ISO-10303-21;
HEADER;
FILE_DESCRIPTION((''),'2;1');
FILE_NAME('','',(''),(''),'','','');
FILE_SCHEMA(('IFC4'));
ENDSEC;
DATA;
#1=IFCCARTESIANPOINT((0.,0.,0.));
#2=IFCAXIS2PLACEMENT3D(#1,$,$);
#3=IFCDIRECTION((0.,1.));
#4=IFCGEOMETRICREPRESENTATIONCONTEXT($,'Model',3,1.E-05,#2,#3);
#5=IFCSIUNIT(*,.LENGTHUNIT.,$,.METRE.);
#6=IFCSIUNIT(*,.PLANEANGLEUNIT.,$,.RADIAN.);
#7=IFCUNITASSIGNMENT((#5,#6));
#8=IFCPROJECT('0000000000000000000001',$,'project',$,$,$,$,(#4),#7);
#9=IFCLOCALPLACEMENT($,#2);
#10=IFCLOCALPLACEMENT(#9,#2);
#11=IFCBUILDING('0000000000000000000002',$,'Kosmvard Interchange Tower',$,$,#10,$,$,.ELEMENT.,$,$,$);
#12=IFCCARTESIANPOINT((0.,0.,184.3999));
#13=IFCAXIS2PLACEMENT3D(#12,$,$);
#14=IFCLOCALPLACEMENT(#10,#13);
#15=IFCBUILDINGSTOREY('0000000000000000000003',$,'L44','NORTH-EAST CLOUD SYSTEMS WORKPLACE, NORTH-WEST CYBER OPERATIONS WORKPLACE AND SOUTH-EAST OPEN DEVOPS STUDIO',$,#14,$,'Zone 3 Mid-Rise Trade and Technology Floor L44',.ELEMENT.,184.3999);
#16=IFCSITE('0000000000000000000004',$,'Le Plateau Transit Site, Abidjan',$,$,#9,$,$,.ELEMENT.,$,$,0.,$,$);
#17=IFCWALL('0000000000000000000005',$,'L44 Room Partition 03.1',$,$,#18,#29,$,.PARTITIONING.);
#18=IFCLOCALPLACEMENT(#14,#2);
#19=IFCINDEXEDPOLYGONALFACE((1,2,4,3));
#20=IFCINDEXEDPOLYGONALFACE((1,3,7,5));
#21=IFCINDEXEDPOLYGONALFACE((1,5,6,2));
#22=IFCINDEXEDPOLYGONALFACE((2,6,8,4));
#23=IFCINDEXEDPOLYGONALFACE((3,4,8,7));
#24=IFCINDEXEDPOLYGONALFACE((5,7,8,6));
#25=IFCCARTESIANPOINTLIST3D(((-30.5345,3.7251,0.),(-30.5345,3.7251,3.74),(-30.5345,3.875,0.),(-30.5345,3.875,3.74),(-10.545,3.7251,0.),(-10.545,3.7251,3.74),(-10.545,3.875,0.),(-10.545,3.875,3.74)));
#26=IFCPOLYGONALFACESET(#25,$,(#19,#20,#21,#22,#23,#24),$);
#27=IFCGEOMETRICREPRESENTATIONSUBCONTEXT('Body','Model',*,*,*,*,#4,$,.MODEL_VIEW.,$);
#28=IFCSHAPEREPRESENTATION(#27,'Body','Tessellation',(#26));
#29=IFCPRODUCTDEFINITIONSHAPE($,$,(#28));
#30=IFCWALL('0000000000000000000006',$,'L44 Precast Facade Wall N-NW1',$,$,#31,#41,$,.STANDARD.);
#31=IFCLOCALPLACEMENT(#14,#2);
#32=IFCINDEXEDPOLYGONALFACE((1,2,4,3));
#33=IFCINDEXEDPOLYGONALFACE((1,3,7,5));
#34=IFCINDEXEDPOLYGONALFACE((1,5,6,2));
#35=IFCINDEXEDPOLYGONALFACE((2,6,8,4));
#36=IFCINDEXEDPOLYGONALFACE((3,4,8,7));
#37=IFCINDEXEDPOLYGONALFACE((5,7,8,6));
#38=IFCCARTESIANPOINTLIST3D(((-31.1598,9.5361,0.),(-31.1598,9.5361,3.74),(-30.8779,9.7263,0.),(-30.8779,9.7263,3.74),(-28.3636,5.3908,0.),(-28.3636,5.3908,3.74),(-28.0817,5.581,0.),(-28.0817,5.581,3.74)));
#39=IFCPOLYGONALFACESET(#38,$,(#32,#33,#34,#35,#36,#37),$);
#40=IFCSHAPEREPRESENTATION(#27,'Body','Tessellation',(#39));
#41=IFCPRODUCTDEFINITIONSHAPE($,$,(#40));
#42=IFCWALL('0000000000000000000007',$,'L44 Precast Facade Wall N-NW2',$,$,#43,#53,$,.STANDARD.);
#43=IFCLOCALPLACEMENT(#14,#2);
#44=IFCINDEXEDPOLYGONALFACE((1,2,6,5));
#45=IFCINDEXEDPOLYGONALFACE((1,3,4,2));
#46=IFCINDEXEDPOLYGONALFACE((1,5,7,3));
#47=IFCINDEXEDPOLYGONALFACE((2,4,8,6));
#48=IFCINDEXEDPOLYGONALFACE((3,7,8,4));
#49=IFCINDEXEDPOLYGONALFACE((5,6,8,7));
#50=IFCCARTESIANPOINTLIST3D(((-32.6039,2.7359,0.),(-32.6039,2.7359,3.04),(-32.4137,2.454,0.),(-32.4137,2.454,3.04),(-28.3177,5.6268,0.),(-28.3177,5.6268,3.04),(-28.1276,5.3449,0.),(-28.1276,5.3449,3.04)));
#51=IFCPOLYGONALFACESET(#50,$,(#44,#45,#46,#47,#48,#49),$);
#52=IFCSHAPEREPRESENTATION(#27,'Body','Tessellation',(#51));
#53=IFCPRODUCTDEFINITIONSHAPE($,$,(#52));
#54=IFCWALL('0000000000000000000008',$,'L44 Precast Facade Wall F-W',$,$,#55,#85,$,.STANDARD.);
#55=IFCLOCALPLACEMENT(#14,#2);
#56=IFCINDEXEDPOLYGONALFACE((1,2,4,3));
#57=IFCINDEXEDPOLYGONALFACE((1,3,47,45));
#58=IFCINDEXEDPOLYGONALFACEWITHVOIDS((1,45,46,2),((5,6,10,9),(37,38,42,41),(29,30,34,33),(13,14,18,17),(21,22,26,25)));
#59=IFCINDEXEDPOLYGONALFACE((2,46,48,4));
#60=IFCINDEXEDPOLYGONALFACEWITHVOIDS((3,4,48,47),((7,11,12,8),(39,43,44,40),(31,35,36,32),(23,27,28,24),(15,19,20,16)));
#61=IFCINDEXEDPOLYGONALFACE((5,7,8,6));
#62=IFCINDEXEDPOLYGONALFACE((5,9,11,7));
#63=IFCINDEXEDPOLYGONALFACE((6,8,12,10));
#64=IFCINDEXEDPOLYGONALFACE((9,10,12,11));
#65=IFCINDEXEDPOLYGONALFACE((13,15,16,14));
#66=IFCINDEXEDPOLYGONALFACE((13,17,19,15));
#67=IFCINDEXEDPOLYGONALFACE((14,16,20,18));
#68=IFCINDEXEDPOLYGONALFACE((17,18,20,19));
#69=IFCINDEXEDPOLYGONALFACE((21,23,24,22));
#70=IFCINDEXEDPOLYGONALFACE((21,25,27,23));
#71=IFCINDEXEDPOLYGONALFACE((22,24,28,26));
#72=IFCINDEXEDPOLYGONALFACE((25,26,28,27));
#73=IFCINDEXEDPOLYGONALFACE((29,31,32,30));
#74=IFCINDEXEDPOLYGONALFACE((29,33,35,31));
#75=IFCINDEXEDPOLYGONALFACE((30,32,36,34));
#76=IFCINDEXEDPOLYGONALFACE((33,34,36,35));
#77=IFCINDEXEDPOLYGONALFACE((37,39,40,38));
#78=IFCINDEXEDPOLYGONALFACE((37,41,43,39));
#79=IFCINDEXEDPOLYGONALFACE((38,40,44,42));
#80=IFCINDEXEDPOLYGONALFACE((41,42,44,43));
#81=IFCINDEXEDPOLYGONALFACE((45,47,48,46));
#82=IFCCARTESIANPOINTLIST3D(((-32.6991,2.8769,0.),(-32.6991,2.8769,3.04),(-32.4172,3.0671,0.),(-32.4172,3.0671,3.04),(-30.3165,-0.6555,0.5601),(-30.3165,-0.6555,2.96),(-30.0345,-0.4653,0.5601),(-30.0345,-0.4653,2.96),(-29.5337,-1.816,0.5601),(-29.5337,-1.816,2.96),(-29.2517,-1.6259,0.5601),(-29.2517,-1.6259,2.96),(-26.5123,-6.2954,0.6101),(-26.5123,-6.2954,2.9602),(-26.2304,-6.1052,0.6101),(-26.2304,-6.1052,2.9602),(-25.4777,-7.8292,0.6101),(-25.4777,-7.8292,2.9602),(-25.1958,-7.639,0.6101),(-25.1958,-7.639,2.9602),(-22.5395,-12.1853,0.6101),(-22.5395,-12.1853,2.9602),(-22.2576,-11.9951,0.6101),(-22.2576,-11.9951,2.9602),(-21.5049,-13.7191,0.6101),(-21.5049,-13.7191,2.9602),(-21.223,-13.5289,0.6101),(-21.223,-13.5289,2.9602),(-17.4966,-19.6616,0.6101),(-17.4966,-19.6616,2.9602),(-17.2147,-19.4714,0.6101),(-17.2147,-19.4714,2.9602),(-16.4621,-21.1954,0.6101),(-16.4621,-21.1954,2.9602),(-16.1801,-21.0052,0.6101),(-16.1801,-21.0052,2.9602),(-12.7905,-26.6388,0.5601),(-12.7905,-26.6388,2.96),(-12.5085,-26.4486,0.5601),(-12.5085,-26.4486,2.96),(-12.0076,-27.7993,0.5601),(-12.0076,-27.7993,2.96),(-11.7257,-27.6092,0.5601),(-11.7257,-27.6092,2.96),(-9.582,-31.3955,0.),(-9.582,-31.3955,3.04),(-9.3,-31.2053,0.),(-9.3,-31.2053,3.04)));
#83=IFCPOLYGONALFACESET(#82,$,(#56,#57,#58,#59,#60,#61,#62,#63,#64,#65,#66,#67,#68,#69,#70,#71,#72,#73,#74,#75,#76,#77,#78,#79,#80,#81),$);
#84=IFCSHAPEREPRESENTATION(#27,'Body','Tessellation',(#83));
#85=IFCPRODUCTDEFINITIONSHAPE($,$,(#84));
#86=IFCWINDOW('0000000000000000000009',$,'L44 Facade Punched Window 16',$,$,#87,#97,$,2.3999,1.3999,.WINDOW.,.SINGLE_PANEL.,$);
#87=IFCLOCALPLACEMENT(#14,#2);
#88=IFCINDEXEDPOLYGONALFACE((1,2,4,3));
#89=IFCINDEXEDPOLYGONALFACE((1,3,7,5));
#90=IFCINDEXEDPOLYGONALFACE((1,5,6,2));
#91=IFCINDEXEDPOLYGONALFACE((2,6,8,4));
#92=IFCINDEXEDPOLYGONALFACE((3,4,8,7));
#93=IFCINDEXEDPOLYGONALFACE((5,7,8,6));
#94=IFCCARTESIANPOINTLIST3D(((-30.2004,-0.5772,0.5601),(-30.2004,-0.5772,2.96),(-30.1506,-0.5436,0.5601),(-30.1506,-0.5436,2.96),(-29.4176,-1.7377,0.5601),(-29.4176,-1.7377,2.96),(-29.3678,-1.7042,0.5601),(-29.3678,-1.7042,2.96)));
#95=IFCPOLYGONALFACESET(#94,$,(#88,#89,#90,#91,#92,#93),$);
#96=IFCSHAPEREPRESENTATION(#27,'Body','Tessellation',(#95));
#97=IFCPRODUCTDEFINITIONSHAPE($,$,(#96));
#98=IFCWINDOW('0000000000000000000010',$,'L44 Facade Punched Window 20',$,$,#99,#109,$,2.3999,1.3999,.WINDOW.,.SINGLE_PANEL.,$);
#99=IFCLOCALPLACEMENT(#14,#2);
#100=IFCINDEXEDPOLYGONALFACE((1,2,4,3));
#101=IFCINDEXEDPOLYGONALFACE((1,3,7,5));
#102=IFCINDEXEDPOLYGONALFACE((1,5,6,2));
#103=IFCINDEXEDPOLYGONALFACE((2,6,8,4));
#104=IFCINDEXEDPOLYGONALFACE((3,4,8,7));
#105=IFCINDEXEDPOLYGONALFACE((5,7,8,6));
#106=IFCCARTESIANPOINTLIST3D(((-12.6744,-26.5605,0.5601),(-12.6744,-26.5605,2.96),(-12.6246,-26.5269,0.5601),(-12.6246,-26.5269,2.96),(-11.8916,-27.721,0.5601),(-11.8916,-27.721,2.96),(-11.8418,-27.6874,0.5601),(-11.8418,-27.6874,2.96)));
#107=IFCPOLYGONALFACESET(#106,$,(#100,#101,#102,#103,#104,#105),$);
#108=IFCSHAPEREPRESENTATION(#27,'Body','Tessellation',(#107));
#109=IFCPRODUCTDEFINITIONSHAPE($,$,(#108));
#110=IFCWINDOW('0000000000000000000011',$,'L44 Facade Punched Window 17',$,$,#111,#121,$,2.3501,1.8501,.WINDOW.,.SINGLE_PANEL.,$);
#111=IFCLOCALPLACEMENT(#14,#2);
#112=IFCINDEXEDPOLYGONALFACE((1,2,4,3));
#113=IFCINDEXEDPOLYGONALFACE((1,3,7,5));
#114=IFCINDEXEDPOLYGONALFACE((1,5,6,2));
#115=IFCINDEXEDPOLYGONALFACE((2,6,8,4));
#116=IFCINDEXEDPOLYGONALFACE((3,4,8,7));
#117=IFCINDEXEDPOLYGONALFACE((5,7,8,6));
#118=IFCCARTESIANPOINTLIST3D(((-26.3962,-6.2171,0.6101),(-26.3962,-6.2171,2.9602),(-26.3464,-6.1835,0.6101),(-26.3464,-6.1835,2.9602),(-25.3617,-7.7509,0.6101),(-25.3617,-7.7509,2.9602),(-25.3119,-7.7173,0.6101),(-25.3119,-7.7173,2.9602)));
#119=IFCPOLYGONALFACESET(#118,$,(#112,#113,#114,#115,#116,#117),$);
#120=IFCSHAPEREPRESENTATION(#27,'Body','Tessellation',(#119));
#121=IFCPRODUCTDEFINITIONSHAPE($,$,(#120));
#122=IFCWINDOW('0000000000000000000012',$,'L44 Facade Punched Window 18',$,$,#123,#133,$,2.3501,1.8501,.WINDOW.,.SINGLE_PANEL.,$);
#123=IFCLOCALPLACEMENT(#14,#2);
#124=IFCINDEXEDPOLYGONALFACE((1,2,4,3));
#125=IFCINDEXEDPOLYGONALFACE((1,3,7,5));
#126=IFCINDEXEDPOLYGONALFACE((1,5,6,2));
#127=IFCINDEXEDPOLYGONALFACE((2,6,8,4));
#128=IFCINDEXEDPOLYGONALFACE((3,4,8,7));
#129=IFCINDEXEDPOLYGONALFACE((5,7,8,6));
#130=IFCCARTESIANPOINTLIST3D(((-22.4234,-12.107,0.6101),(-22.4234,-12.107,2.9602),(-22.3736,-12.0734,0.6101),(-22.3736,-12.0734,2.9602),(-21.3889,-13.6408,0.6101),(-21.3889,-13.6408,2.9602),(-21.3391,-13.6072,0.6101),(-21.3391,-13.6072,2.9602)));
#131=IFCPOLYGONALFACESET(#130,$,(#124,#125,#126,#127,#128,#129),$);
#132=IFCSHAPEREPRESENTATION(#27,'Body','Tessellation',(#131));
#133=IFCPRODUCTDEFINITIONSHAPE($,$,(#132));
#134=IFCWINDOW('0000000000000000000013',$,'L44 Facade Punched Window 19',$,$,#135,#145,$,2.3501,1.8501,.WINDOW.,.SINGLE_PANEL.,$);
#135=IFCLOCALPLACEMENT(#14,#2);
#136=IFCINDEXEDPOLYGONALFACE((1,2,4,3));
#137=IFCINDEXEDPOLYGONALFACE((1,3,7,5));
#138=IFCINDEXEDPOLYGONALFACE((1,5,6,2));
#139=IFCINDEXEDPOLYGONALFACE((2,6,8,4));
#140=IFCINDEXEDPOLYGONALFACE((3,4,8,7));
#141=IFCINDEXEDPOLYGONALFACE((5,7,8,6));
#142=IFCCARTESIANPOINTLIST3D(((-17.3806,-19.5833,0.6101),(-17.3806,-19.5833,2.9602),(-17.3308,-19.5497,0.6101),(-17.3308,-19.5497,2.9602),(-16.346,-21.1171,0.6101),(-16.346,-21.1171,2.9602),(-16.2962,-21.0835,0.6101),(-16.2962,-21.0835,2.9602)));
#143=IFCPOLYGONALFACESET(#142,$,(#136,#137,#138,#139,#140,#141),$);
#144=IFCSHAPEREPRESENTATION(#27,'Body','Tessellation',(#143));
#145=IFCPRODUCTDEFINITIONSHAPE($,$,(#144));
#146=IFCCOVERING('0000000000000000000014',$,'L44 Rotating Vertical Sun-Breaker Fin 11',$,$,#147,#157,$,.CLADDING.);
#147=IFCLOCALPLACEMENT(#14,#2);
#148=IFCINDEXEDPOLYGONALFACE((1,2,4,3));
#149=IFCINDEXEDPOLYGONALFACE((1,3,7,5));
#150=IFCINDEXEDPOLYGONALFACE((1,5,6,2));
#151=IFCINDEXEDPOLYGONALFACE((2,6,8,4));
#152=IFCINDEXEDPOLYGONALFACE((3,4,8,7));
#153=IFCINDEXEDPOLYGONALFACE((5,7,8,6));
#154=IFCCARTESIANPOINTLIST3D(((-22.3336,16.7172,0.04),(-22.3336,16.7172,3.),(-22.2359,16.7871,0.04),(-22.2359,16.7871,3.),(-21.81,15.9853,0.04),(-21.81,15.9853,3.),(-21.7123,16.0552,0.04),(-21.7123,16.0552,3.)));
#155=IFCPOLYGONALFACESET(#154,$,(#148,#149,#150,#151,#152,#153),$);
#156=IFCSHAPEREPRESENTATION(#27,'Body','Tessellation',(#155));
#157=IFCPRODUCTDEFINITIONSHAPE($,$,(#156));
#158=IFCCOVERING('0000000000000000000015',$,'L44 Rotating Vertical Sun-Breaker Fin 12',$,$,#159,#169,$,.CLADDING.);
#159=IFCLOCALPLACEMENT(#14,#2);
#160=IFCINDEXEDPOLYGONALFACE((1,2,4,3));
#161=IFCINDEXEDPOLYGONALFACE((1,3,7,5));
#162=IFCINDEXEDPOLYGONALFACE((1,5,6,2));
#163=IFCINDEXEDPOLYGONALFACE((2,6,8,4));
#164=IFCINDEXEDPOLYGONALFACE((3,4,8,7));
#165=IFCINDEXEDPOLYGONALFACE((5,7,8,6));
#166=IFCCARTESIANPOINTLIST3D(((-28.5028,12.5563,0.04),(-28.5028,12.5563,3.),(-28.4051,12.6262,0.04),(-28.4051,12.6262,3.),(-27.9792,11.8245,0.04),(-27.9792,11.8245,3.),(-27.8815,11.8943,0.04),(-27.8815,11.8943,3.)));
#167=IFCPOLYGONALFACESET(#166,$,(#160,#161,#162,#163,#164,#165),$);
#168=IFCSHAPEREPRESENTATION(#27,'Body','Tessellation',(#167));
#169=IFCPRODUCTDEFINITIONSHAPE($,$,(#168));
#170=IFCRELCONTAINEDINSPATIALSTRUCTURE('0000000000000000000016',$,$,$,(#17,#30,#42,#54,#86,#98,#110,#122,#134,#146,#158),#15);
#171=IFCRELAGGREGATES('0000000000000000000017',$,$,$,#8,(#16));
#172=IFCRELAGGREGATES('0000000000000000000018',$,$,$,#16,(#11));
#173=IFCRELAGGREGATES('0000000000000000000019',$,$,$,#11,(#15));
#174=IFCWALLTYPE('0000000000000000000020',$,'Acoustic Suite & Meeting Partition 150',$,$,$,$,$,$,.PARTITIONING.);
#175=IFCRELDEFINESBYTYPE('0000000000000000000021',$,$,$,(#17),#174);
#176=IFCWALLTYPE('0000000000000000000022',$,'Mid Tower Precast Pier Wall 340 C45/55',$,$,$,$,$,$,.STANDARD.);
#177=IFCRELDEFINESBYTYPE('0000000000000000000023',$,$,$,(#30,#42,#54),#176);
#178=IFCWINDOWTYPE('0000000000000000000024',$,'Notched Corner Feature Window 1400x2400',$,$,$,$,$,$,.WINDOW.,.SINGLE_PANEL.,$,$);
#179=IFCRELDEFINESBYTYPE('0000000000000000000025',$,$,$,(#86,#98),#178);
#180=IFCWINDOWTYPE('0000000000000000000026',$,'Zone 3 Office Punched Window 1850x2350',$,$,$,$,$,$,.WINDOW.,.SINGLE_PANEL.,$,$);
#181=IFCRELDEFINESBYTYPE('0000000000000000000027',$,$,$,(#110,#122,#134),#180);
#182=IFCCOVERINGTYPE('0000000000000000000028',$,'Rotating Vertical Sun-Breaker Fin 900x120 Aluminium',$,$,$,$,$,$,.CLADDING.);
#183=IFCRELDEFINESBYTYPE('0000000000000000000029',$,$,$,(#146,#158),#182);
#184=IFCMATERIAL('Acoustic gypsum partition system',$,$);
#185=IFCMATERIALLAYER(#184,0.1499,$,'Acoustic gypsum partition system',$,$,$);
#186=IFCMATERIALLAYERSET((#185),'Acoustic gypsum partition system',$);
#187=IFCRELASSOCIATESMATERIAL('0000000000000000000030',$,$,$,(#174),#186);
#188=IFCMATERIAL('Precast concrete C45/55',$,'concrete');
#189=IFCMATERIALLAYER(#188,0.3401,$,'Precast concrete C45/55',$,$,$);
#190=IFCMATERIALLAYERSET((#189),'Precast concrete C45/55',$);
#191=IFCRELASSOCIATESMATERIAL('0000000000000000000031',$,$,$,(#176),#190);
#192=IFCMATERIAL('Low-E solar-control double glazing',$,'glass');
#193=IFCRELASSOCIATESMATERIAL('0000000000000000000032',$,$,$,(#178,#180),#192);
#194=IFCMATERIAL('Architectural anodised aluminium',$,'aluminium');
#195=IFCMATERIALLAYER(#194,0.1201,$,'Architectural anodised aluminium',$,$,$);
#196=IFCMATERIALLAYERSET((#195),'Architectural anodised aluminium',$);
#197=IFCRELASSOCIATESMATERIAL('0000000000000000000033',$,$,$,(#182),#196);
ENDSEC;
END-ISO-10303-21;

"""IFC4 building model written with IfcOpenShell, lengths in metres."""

from ifc_helpers import new_model, si_unit, direction, frame, frame_2d, origin, origin_2d, place, context, subcontext, project, spatial, rectangle, extrude, source, transform, mapped, material, layer, layer_set, type_object, element, fill, save


model = new_model("IFC4")

# Units and contexts
model_context = context("Model", 3, precision=1e-05, world=origin(), true_north=direction((0.0, 1.0)))
body_context = subcontext(model_context, "Body", "Model", "MODEL_VIEW")
ifc_project = project(units=[si_unit("LENGTHUNIT", "METRE"), si_unit("PLANEANGLEUNIT", "RADIAN")], contexts=[model_context])

# Site, building, storey
site_placement = place(None, origin())
site = spatial("IfcSite", under=ifc_project, at=site_placement, Name="Le Plateau Transit Site, Abidjan", CompositionType="ELEMENT", RefElevation=0.0)
building_placement = place(site_placement, origin())
building = spatial("IfcBuilding", under=site, at=building_placement, Name="Kosmvard Interchange Tower", CompositionType="ELEMENT")
storey_placement = place(building_placement, frame((0.0, 0.0, 184.3999)))
storey = spatial("IfcBuildingStorey", under=building, at=storey_placement, Name="L44", Description="NORTH-EAST CLOUD SYSTEMS WORKPLACE, NORTH-WEST CYBER OPERATIONS WORKPLACE AND SOUTH-EAST OPEN DEVOPS STUDIO", LongName="Zone 3 Mid-Rise Trade and Technology Floor L44", CompositionType="ELEMENT", Elevation=184.3999)

# Shared definitions
ifc_material_1 = material(Name="Precast concrete C45/55", Category="concrete")

# Walls
ifc_material_2 = material(Name="Acoustic gypsum partition system")
ifc_layer_1 = layer(ifc_material_2, 0.1499, Name="Acoustic gypsum partition system")
ifc_layer_set_1 = layer_set([ifc_layer_1], Name="Acoustic gypsum partition system")
wall_type_1 = type_object("IfcWallType", Name="Acoustic Suite & Meeting Partition 150", PredefinedType="PARTITIONING", material=ifc_layer_set_1)
wall_1_placement = place(storey_placement, frame((-30.5344, 3.8, 0.0), z_axis=(0.0, 0.0, 1.0), x_axis=(1.0, 0.0, 0.0)))
element("IfcWall", 1, at=wall_1_placement, inside=storey, type_object=wall_type_1, Name="L44 Room Partition 03.1", PredefinedType="PARTITIONING", context=body_context, shape_type="SweptSolid", body=[
    extrude(rectangle(XDim=19.9895, YDim=0.1499, at=frame_2d((9.9946, 0.0))), origin(), (0.0, 0.0, 1.0), 3.74),
])
ifc_layer_2 = layer(ifc_material_1, 0.3401, Name="Precast concrete C45/55")
ifc_layer_set_2 = layer_set([ifc_layer_2], Name="Precast concrete C45/55")
wall_type_2 = type_object("IfcWallType", Name="Mid Tower Precast Pier Wall 340 C45/55", PredefinedType="STANDARD", material=ifc_layer_set_2)
wall_2_placement = place(storey_placement, frame((-31.0188, 9.6311, 0.0), z_axis=(0.0, 0.0, 1.0), x_axis=(0.55921, -0.829026, 0.0)))
element("IfcWall", 2, at=wall_2_placement, inside=storey, type_object=wall_type_2, Name="L44 Precast Facade Wall N-NW1", PredefinedType="STANDARD", context=body_context, shape_type="SweptSolid", body=[
    extrude(rectangle(XDim=5.0002, YDim=0.3401, at=frame_2d((2.5, 0.0))), origin(), (0.0, 0.0, 1.0), 3.74),
])
wall_3_placement = place(storey_placement, frame((-28.2227, 5.4858, 0.0), z_axis=(0.0, 0.0, 1.0), x_axis=(-0.829052, -0.559171, 0.0)))
element("IfcWall", 3, at=wall_3_placement, inside=storey, type_object=wall_type_2, Name="L44 Precast Facade Wall N-NW2", PredefinedType="STANDARD", context=body_context, shape_type="SweptSolid", body=[
    extrude(rectangle(XDim=5.1699, YDim=0.3401, at=frame_2d((2.585, 0.0))), origin(), (0.0, 0.0, 1.0), 3.04),
])

# Wall, openings, windows
wall_4_placement = place(storey_placement, frame((-32.5581, 2.9719, 0.0), z_axis=(0.0, 0.0, 1.0), x_axis=(0.559195, -0.829036, 0.0)))
wall_4 = element("IfcWall", 4, at=wall_4_placement, inside=storey, type_object=wall_type_2, Name="L44 Precast Facade Wall F-W", PredefinedType="STANDARD", context=body_context, shape_type="SweptSolid", body=[
    extrude(rectangle(XDim=41.3401, YDim=0.3401, at=frame_2d((20.6699, 0.0))), origin(), (0.0, 0.0, 1.0), 3.04),
])
opening_1_placement = place(wall_4_placement, frame((4.2607, 0.0, 0.5601)))
opening_1 = element("IfcOpeningElement", 5, at=opening_1_placement, cuts=wall_4, PredefinedType="OPENING", context=body_context, shape_type="SweptSolid", body=[
    extrude(rectangle(XDim=1.3999, YDim=2.3999, at=frame_2d((0.7, 1.2))), frame((0.0, 0.1802, 0.0), z_axis=(0.0, -1.0, 0.0), x_axis=(1.0, 0.0, 0.0)), (0.0, 0.0, 1.0), 0.3601),
])
opening_2_placement = place(wall_4_placement, frame((11.0637, 0.0, 0.6101)))
opening_2 = element("IfcOpeningElement", 6, at=opening_2_placement, cuts=wall_4, PredefinedType="OPENING", context=body_context, shape_type="SweptSolid", body=[
    extrude(rectangle(XDim=1.8501, YDim=2.3501, at=frame_2d((0.925, 1.175))), frame((0.0, 0.1802, 0.0), z_axis=(0.0, -1.0, 0.0), x_axis=(1.0, 0.0, 0.0)), (0.0, 0.0, 1.0), 0.3601),
])
opening_3_placement = place(wall_4_placement, frame((18.1682, 0.0, 0.6101)))
opening_3 = element("IfcOpeningElement", 7, at=opening_3_placement, cuts=wall_4, PredefinedType="OPENING", context=body_context, shape_type="SweptSolid", body=[
    extrude(rectangle(XDim=1.8501, YDim=2.3501, at=frame_2d((0.925, 1.175))), frame((0.0, 0.1802, 0.0), z_axis=(0.0, -1.0, 0.0), x_axis=(1.0, 0.0, 0.0)), (0.0, 0.0, 1.0), 0.3601),
])
opening_4_placement = place(wall_4_placement, frame((27.1863, 0.0, 0.6101)))
opening_4 = element("IfcOpeningElement", 8, at=opening_4_placement, cuts=wall_4, PredefinedType="OPENING", context=body_context, shape_type="SweptSolid", body=[
    extrude(rectangle(XDim=1.8501, YDim=2.3501, at=frame_2d((0.925, 1.175))), frame((0.0, 0.1802, 0.0), z_axis=(0.0, -1.0, 0.0), x_axis=(1.0, 0.0, 0.0)), (0.0, 0.0, 1.0), 0.3601),
])
opening_5_placement = place(wall_4_placement, frame((35.6023, 0.0, 0.5601)))
opening_5 = element("IfcOpeningElement", 9, at=opening_5_placement, cuts=wall_4, PredefinedType="OPENING", context=body_context, shape_type="SweptSolid", body=[
    extrude(rectangle(XDim=1.3999, YDim=2.3999, at=frame_2d((0.7, 1.2))), frame((0.0, 0.1802, 0.0), z_axis=(0.0, -1.0, 0.0), x_axis=(1.0, 0.0, 0.0)), (0.0, 0.0, 1.0), 0.3601),
])
ifc_material_3 = material(Name="Low-E solar-control double glazing", Category="glass")
window_type_1 = type_object("IfcWindowType", Name="Notched Corner Feature Window 1400x2400", PartitioningType="SINGLE_PANEL", PredefinedType="WINDOW", material=ifc_material_3)
shared_shape_1 = source(origin(), body_context, "Body", "SweptSolid", [
    extrude(rectangle(XDim=1.3999, YDim=2.3999, at=frame_2d((0.7, 1.2))), frame((0.0, 0.03, 0.0), z_axis=(0.0, -1.0, 0.0), x_axis=(1.0, 0.0, 0.0)), (0.0, 0.0, 1.0), 0.0601),
])
window_1_placement = place(opening_1_placement, origin())
window_1 = element("IfcWindow", 10, at=window_1_placement, inside=storey, type_object=window_type_1, Name="L44 Facade Punched Window 16", OverallHeight=2.3999, OverallWidth=1.3999, PartitioningType="SINGLE_PANEL", PredefinedType="WINDOW", context=body_context, shape_type="MappedRepresentation", body=[
    mapped(shared_shape_1, transform((0.0, 0.0, 0.0), scale=1.0)),
])
fill(opening_1, window_1)
window_2_placement = place(opening_5_placement, origin())
window_2 = element("IfcWindow", 11, at=window_2_placement, inside=storey, type_object=window_type_1, Name="L44 Facade Punched Window 20", OverallHeight=2.3999, OverallWidth=1.3999, PartitioningType="SINGLE_PANEL", PredefinedType="WINDOW", context=body_context, shape_type="MappedRepresentation", body=[
    mapped(shared_shape_1, transform((0.0, 0.0, 0.0), scale=1.0)),
])
fill(opening_5, window_2)
window_type_2 = type_object("IfcWindowType", Name="Zone 3 Office Punched Window 1850x2350", PartitioningType="SINGLE_PANEL", PredefinedType="WINDOW", material=ifc_material_3)
shared_shape_2 = source(origin(), body_context, "Body", "SweptSolid", [
    extrude(rectangle(XDim=1.8501, YDim=2.3501, at=frame_2d((0.925, 1.175))), frame((0.0, 0.03, 0.0), z_axis=(0.0, -1.0, 0.0), x_axis=(1.0, 0.0, 0.0)), (0.0, 0.0, 1.0), 0.0601),
])
window_3_placement = place(opening_2_placement, origin())
window_3 = element("IfcWindow", 12, at=window_3_placement, inside=storey, type_object=window_type_2, Name="L44 Facade Punched Window 17", OverallHeight=2.3501, OverallWidth=1.8501, PartitioningType="SINGLE_PANEL", PredefinedType="WINDOW", context=body_context, shape_type="MappedRepresentation", body=[
    mapped(shared_shape_2, transform((0.0, 0.0, 0.0), scale=1.0)),
])
fill(opening_2, window_3)
window_4_placement = place(opening_3_placement, origin())
window_4 = element("IfcWindow", 13, at=window_4_placement, inside=storey, type_object=window_type_2, Name="L44 Facade Punched Window 18", OverallHeight=2.3501, OverallWidth=1.8501, PartitioningType="SINGLE_PANEL", PredefinedType="WINDOW", context=body_context, shape_type="MappedRepresentation", body=[
    mapped(shared_shape_2, transform((0.0, 0.0, 0.0), scale=1.0)),
])
fill(opening_3, window_4)
window_5_placement = place(opening_4_placement, origin())
window_5 = element("IfcWindow", 14, at=window_5_placement, inside=storey, type_object=window_type_2, Name="L44 Facade Punched Window 19", OverallHeight=2.3501, OverallWidth=1.8501, PartitioningType="SINGLE_PANEL", PredefinedType="WINDOW", context=body_context, shape_type="MappedRepresentation", body=[
    mapped(shared_shape_2, transform((0.0, 0.0, 0.0), scale=1.0)),
])
fill(opening_4, window_5)

# Coverings
ifc_material_4 = material(Name="Architectural anodised aluminium", Category="aluminium")
ifc_layer_3 = layer(ifc_material_4, 0.1201, Name="Architectural anodised aluminium")
ifc_layer_set_3 = layer_set([ifc_layer_3], Name="Architectural anodised aluminium")
covering_type = type_object("IfcCoveringType", Name="Rotating Vertical Sun-Breaker Fin 900x120 Aluminium", PredefinedType="CLADDING", material=ifc_layer_set_3)
shared_shape_3 = source(origin(), body_context, "Body", "SweptSolid", [
    extrude(rectangle(XDim=0.8999, YDim=0.1201, at=origin_2d()), origin(), (0.0, 0.0, 1.0), 2.96),
])
for number, where, z_axis, x_axis, name in (
    (15, (-22.0229, 16.3862, 0.04), (0.0, 0.0, 1.0), (-0.581839, 0.813304, 0.0), "L44 Rotating Vertical Sun-Breaker Fin 11"),
    (16, (-28.1921, 12.2253, 0.04), (0.0, 0.0, 1.0), (-0.581839, 0.813304, 0.0), "L44 Rotating Vertical Sun-Breaker Fin 12"),
):
    element("IfcCovering", number, at=place(storey_placement, frame(where, z_axis=z_axis, x_axis=x_axis)), inside=storey, type_object=covering_type, Name=name, PredefinedType="CLADDING", context=body_context, shape_type="MappedRepresentation", body=[
        mapped(shared_shape_3, transform((0.0, 0.0, 0.0), scale=1.0)),
    ])

save(model, "model.ifc")
